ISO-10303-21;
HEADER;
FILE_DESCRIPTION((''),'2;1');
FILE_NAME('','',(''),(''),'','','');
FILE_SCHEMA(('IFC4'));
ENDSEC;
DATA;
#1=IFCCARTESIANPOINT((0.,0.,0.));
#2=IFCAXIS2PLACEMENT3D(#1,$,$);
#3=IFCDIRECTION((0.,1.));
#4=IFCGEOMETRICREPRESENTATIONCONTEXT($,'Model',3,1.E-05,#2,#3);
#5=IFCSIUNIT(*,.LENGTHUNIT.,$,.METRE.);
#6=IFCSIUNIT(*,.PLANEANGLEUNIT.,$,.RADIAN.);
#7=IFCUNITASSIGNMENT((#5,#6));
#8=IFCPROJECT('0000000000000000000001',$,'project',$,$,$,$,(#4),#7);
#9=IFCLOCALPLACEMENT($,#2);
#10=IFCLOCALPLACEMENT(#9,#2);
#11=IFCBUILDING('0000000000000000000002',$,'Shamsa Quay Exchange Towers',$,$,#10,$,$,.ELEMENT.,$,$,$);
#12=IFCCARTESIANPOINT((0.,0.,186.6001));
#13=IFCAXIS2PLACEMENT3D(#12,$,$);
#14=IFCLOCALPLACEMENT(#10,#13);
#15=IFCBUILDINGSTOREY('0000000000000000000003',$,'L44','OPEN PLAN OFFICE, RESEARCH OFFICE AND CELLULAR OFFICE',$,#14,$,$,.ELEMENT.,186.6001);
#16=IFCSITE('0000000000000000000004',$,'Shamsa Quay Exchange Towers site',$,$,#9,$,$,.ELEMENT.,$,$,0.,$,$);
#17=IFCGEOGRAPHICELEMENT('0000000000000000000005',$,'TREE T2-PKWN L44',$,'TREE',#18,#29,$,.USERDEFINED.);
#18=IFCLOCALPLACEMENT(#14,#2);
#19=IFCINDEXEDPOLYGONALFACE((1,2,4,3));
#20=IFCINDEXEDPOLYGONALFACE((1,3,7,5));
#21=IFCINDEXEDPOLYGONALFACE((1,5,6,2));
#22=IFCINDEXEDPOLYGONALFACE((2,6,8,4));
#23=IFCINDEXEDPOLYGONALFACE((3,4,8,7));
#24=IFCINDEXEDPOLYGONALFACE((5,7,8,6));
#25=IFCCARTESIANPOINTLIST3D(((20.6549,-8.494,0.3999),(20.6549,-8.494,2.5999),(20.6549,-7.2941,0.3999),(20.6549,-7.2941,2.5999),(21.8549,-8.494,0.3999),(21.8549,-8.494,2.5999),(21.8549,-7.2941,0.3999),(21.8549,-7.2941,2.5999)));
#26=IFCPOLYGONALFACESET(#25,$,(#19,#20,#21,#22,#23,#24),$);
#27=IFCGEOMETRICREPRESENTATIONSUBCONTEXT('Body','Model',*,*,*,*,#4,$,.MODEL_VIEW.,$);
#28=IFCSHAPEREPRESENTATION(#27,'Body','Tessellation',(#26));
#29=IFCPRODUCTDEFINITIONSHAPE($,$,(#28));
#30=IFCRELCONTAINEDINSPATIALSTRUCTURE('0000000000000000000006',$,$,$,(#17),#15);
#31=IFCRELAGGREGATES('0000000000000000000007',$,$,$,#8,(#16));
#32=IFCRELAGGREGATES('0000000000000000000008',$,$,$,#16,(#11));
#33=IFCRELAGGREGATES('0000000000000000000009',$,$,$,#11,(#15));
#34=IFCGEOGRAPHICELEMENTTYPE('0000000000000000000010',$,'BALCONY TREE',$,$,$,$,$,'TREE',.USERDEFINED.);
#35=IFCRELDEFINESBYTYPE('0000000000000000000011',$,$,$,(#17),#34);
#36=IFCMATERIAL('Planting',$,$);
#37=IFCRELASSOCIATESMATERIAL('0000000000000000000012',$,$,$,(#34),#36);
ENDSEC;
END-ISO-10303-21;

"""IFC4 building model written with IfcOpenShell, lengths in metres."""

from ifc_helpers import new_model, si_unit, direction, frame, origin, origin_2d, place, context, subcontext, project, spatial, rectangle, extrude, material, type_object, element, save


model = new_model("IFC4")

# Units and contexts
model_context = context("Model", 3, precision=1e-05, world=origin(), true_north=direction((0.0, 1.0)))
body_context = subcontext(model_context, "Body", "Model", "MODEL_VIEW")
ifc_project = project(units=[si_unit("LENGTHUNIT", "METRE"), si_unit("PLANEANGLEUNIT", "RADIAN")], contexts=[model_context])

# Site, building, storey
site_placement = place(None, origin())
site = spatial("IfcSite", under=ifc_project, at=site_placement, Name="Shamsa Quay Exchange Towers site", CompositionType="ELEMENT", RefElevation=0.0)
building_placement = place(site_placement, origin())
building = spatial("IfcBuilding", under=site, at=building_placement, Name="Shamsa Quay Exchange Towers", CompositionType="ELEMENT")
storey_placement = place(building_placement, frame((0.0, 0.0, 186.6001)))
storey = spatial("IfcBuildingStorey", under=building, at=storey_placement, Name="L44", Description="OPEN PLAN OFFICE, RESEARCH OFFICE AND CELLULAR OFFICE", CompositionType="ELEMENT", Elevation=186.6001)

# Geographic element
ifc_material_1 = material(Name="Planting")
geographic_element_type = type_object("IfcGeographicElementType", Name="BALCONY TREE", ElementType="TREE", PredefinedType="USERDEFINED", material=ifc_material_1)
geographic_element_placement = place(storey_placement, frame((21.2549, -7.894, 0.3999), z_axis=(0.0, 0.0, 1.0), x_axis=(0.0, -1.0, 0.0)))
element("IfcGeographicElement", 1, at=geographic_element_placement, inside=storey, type_object=geographic_element_type, Name="TREE T2-PKWN L44", ObjectType="TREE", PredefinedType="USERDEFINED", context=body_context, shape_type="SweptSolid", body=[
    extrude(rectangle(XDim=1.2, YDim=1.2, at=origin_2d()), origin(), (0.0, 0.0, 1.0), 2.2),
])

save(model, "model.ifc")
